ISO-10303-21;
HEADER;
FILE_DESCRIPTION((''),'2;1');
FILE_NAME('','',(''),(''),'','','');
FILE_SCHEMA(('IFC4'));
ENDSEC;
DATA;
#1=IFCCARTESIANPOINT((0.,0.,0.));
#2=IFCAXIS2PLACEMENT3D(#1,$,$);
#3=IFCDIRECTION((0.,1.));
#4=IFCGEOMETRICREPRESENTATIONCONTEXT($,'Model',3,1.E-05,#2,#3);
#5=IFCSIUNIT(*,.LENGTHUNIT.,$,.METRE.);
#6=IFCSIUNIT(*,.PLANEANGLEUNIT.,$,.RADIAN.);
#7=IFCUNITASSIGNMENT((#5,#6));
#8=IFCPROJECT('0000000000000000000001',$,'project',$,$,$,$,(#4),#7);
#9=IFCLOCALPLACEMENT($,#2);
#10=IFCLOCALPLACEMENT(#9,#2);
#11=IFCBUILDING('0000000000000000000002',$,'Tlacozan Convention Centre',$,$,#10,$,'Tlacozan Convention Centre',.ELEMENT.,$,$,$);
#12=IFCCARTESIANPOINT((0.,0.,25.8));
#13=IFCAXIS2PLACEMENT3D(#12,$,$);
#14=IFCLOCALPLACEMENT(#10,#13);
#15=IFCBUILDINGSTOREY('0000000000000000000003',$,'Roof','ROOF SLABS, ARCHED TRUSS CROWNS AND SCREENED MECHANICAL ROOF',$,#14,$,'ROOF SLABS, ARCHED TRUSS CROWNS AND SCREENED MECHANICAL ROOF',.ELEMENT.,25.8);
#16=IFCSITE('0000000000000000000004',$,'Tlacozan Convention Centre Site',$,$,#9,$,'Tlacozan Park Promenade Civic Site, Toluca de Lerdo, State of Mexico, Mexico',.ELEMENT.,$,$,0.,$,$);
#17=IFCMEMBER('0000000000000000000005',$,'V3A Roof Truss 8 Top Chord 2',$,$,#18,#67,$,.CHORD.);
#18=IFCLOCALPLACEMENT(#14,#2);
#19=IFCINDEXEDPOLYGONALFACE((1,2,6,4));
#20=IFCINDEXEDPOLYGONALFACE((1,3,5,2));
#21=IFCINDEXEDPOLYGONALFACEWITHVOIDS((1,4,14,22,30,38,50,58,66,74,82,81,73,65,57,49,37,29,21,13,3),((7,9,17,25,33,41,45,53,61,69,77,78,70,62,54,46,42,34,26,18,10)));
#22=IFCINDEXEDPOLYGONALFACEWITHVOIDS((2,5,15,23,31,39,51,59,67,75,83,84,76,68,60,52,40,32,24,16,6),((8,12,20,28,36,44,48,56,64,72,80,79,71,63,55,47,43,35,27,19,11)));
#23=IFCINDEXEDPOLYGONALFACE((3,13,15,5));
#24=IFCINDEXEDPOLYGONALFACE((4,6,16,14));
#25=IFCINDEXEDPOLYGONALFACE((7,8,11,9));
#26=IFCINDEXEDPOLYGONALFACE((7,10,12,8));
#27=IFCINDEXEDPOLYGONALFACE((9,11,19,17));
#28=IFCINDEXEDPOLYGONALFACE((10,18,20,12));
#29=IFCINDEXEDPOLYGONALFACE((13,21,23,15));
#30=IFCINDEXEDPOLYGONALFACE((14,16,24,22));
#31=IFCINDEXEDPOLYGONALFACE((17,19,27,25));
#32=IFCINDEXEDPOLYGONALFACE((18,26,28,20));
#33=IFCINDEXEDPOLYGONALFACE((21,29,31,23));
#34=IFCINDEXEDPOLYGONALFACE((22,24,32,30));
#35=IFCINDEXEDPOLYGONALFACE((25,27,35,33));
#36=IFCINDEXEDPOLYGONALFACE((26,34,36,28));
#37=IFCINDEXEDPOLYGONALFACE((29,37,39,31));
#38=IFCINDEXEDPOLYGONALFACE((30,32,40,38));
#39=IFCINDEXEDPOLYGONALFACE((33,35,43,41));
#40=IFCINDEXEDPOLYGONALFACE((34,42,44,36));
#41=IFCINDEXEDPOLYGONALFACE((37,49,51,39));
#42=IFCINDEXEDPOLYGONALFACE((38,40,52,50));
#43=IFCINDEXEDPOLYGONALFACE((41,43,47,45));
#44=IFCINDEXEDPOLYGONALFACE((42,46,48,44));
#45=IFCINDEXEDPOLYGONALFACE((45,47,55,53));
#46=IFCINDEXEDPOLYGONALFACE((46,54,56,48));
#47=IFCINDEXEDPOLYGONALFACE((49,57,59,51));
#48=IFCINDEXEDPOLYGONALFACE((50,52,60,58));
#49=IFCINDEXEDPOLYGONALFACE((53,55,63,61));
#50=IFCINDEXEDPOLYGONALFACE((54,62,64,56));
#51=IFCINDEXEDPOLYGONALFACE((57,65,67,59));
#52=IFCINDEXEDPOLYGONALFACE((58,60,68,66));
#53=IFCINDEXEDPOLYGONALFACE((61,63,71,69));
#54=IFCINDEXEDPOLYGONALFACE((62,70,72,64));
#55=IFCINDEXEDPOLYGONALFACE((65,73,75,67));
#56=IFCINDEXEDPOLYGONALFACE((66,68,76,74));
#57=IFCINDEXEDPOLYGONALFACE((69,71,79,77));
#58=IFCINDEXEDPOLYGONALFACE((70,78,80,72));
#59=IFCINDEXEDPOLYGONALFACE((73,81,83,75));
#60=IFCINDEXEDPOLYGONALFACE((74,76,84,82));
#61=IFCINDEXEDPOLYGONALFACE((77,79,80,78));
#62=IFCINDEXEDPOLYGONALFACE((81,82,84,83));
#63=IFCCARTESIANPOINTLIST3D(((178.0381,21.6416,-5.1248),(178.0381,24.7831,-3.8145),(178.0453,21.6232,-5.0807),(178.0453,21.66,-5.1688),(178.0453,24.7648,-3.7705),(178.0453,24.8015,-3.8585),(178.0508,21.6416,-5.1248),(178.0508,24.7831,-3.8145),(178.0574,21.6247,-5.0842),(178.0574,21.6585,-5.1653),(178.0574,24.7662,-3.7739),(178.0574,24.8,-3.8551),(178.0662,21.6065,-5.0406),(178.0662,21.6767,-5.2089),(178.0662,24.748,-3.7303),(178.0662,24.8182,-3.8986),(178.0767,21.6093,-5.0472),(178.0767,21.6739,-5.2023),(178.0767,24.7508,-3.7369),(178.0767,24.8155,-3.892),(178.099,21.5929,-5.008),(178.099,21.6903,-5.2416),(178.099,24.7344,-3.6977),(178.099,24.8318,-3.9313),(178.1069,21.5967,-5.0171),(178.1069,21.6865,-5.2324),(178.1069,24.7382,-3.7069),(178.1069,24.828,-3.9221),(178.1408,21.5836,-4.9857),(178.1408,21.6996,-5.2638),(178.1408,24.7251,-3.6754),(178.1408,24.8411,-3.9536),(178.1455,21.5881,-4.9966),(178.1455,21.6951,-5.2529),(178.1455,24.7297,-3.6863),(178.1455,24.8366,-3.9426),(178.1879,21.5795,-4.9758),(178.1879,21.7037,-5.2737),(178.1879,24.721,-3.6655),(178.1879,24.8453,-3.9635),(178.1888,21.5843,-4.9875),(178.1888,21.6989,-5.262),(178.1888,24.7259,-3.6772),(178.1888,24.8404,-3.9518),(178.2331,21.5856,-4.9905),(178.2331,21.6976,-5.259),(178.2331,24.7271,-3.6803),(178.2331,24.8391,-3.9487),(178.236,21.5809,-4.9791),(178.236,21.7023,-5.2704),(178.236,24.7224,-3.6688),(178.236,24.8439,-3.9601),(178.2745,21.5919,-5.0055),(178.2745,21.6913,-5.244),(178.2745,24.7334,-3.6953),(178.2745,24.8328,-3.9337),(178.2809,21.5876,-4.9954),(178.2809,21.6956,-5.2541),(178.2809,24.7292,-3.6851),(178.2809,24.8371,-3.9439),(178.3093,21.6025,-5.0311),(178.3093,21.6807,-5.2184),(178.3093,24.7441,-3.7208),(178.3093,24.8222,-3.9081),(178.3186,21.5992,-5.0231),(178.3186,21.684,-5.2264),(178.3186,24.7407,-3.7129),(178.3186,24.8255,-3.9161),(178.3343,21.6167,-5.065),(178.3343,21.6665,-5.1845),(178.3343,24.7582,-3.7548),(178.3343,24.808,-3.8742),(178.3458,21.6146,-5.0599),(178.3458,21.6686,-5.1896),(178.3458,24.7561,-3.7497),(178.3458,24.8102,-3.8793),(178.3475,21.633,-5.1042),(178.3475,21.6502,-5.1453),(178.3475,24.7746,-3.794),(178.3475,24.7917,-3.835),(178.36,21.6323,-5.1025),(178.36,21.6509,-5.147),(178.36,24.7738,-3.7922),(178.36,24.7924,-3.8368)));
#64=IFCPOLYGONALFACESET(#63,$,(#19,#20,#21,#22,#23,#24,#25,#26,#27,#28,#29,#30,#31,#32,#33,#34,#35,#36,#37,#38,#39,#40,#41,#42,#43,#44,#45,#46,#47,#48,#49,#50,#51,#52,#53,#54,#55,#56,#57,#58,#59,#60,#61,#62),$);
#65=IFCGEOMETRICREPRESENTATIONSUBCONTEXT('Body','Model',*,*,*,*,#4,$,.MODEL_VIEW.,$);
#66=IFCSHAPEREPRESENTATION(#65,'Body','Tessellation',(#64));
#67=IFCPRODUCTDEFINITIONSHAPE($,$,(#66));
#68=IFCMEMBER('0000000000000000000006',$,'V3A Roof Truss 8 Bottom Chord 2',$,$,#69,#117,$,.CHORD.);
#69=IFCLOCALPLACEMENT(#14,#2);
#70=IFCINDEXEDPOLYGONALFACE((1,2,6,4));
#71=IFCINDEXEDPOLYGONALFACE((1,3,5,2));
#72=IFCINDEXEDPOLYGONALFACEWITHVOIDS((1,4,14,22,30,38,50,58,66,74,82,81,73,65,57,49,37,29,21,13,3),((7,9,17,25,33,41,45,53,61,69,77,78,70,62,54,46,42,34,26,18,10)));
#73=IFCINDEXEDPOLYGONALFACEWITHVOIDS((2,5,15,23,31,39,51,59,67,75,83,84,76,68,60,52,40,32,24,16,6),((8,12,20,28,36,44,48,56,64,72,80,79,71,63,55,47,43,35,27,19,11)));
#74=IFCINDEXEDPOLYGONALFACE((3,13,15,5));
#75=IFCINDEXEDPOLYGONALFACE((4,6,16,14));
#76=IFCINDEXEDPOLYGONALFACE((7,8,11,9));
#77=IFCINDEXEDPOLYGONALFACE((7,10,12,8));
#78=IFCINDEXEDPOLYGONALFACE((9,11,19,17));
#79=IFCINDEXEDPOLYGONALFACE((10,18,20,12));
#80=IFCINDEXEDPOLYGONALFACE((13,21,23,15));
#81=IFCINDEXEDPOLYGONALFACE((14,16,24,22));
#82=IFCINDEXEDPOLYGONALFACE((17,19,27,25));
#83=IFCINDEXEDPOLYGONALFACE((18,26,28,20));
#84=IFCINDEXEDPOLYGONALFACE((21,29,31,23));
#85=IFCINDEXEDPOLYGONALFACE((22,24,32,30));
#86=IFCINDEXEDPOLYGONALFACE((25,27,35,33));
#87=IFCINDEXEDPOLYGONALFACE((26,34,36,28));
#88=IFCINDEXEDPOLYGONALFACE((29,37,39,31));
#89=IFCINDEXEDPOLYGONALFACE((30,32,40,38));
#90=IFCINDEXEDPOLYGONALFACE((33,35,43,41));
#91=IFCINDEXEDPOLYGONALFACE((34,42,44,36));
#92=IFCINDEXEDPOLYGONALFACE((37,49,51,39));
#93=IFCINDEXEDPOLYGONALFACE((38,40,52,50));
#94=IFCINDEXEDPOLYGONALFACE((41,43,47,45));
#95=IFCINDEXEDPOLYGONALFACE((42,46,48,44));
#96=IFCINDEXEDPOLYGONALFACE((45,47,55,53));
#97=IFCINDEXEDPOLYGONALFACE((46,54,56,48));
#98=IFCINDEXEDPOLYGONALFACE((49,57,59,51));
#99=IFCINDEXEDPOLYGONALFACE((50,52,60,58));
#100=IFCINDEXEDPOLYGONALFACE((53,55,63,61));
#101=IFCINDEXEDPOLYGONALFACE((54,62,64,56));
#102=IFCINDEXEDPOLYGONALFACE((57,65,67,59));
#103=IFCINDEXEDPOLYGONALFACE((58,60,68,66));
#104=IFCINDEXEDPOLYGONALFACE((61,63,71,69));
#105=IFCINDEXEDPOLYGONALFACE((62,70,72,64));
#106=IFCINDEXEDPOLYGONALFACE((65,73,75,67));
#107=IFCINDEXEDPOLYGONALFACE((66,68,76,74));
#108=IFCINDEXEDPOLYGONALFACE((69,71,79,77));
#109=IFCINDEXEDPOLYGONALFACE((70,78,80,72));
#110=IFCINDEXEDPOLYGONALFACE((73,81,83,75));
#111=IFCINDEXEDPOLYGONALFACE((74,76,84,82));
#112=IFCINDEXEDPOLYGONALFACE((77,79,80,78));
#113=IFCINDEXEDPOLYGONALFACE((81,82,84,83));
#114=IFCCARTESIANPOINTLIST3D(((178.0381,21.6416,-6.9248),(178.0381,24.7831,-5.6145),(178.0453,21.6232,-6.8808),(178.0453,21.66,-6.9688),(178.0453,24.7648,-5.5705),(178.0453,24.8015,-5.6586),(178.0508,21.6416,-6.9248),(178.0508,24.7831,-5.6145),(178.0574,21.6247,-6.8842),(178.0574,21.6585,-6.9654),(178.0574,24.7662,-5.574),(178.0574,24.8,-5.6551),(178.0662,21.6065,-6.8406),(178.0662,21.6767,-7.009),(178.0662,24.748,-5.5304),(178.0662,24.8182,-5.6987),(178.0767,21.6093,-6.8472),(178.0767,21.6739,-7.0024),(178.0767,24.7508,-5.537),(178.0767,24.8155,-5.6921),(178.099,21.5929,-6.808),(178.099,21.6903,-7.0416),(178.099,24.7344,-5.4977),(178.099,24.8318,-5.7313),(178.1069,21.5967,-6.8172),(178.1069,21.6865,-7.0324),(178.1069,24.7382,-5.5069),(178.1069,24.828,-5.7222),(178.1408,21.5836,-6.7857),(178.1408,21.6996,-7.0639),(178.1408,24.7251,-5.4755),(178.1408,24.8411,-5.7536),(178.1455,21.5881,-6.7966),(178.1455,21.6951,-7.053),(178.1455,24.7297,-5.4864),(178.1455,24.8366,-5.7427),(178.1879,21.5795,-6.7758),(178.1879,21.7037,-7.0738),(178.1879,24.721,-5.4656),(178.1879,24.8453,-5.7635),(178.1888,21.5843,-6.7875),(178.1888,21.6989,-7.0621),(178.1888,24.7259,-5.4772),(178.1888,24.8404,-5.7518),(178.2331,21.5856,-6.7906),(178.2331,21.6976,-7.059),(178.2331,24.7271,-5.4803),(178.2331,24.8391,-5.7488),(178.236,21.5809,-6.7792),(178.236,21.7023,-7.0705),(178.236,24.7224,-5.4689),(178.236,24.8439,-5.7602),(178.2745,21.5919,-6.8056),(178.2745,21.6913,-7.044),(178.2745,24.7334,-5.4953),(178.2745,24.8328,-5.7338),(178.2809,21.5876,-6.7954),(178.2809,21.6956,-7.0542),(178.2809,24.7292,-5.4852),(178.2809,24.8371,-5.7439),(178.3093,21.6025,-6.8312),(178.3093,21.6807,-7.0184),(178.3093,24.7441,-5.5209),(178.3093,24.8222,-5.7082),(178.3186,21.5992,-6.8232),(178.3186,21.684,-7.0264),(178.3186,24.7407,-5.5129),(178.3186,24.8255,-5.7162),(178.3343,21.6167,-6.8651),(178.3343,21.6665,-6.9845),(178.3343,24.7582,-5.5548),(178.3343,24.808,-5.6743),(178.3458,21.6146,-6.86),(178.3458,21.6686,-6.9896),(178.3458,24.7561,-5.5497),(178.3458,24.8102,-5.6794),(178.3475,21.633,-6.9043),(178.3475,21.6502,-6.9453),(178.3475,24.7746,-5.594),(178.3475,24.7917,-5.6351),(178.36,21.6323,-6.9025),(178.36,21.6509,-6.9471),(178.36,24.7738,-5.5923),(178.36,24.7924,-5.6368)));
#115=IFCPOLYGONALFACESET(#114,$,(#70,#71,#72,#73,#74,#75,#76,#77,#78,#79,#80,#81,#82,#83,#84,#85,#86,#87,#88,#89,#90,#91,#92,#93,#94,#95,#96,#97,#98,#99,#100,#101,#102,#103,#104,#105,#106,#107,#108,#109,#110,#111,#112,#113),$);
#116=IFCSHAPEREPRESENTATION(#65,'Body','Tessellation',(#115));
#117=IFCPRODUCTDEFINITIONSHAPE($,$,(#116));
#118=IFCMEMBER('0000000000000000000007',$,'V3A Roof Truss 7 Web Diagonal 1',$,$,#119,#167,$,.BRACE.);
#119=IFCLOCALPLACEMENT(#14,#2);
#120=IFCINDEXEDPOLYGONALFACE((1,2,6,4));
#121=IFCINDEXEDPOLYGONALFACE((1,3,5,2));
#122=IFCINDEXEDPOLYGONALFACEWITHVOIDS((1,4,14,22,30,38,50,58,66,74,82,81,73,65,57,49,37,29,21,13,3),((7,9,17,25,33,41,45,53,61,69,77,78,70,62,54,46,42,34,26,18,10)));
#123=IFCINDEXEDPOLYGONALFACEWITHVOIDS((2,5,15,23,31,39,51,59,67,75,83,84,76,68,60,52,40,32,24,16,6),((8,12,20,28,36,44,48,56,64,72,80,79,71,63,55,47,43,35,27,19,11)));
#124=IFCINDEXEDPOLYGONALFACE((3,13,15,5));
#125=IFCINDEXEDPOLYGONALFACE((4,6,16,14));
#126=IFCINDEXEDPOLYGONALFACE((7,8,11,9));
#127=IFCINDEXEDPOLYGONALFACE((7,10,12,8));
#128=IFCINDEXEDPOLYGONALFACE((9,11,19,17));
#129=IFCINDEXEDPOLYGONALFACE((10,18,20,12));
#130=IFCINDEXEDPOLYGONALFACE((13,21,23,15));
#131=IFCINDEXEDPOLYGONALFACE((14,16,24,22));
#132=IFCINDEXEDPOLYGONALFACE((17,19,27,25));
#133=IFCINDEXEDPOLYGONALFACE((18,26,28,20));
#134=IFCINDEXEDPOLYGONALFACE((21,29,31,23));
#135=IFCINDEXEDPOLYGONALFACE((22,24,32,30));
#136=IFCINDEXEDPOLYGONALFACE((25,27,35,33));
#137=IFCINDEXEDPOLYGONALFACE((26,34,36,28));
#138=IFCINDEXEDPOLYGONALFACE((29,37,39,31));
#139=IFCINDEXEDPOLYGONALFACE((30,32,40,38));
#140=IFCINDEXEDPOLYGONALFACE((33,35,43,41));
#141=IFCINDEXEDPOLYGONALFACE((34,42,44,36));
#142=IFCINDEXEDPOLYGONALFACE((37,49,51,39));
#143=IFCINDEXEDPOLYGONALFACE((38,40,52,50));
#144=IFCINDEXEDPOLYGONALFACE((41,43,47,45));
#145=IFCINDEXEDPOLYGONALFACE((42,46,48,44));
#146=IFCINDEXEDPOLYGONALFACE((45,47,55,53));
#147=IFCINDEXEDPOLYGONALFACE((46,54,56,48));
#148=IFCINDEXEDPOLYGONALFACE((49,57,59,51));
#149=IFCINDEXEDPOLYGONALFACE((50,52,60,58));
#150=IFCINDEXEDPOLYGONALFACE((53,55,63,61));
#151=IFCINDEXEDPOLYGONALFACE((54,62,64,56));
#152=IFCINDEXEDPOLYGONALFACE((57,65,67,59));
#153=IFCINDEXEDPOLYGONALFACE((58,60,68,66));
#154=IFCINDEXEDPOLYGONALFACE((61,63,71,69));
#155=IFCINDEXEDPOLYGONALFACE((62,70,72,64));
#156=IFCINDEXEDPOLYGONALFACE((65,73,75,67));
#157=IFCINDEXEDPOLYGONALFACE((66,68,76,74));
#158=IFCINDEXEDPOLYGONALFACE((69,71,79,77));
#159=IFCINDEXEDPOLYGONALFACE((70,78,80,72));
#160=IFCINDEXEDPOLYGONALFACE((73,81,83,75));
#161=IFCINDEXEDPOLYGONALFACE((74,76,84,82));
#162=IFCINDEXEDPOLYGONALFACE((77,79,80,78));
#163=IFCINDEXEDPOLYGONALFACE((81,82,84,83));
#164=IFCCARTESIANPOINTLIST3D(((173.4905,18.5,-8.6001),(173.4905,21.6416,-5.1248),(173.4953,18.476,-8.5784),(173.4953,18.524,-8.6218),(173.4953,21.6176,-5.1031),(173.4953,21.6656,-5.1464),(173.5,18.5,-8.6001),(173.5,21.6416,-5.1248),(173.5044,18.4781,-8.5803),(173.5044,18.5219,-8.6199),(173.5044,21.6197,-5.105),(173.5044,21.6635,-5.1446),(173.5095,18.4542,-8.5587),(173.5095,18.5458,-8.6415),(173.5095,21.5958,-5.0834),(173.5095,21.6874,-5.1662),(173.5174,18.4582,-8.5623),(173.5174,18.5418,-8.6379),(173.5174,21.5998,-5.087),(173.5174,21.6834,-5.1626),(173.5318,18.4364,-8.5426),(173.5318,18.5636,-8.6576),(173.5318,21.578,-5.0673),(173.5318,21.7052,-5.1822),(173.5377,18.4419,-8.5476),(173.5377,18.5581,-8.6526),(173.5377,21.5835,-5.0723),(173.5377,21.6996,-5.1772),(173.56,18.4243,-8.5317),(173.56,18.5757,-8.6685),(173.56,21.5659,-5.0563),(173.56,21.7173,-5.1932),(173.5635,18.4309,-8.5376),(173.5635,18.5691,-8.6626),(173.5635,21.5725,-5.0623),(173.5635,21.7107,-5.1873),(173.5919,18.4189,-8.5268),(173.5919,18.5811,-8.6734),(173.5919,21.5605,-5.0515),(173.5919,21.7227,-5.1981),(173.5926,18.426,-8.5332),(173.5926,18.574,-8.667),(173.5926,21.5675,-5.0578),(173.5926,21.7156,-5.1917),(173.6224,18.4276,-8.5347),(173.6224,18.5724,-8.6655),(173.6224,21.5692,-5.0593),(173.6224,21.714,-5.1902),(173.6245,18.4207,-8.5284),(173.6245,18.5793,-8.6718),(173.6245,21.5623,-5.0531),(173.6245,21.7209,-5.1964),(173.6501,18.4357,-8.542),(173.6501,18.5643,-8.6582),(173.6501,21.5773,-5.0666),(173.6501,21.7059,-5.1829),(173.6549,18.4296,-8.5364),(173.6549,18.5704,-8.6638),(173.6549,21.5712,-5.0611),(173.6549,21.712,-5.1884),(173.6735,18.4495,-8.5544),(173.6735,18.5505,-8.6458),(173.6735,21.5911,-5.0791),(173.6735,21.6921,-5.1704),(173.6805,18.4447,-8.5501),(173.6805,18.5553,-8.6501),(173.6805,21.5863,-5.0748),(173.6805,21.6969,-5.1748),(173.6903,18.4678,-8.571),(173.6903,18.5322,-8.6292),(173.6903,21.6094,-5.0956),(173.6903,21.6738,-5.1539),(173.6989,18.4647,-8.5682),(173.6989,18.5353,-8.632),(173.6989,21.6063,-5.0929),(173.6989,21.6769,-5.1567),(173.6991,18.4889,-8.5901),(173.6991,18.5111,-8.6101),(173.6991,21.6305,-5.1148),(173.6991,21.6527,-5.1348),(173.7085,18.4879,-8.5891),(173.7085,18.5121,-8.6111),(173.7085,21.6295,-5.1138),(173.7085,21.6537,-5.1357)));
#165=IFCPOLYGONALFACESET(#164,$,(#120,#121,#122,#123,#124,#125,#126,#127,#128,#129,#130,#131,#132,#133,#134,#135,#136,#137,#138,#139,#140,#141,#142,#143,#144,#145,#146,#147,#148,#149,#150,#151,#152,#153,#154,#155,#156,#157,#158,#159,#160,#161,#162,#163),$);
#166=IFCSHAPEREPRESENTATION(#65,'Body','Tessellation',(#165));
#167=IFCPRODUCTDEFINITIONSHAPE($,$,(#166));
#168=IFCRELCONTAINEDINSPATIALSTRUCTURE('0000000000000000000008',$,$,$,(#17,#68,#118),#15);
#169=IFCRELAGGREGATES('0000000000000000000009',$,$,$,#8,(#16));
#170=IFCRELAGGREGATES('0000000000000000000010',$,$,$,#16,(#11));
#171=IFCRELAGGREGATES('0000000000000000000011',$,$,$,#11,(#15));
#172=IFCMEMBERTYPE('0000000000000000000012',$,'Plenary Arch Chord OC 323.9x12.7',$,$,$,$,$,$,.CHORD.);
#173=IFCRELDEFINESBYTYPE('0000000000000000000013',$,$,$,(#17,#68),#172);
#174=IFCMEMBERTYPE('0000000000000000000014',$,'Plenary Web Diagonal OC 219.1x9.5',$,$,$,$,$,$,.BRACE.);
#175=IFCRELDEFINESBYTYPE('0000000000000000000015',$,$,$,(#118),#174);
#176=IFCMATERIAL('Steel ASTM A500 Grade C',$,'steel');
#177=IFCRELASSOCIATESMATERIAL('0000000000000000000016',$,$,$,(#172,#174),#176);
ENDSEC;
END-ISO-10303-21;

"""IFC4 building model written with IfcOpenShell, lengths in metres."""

from ifc_helpers import new_model, si_unit, direction, frame, origin, origin_2d, place, context, subcontext, project, spatial, hollow_circle, extrude, material, material_profile, profile_set, type_object, element, save


model = new_model("IFC4")

# Units and contexts
model_context = context("Model", 3, precision=1e-05, world=origin(), true_north=direction((0.0, 1.0)))
body_context = subcontext(model_context, "Body", "Model", "MODEL_VIEW")
ifc_project = project(units=[si_unit("LENGTHUNIT", "METRE"), si_unit("PLANEANGLEUNIT", "RADIAN")], contexts=[model_context])

# Site, building, storey
site_placement = place(None, origin())
site = spatial("IfcSite", under=ifc_project, at=site_placement, Name="Tlacozan Convention Centre Site", LongName="Tlacozan Park Promenade Civic Site, Toluca de Lerdo, State of Mexico, Mexico", CompositionType="ELEMENT", RefElevation=0.0)
building_placement = place(site_placement, origin())
building = spatial("IfcBuilding", under=site, at=building_placement, Name="Tlacozan Convention Centre", LongName="Tlacozan Convention Centre", CompositionType="ELEMENT")
storey_placement = place(building_placement, frame((0.0, 0.0, 25.8)))
storey = spatial("IfcBuildingStorey", under=building, at=storey_placement, Name="Roof", Description="ROOF SLABS, ARCHED TRUSS CROWNS AND SCREENED MECHANICAL ROOF", LongName="ROOF SLABS, ARCHED TRUSS CROWNS AND SCREENED MECHANICAL ROOF", CompositionType="ELEMENT", Elevation=25.8)

# Members
ifc_material_1 = material(Name="Steel ASTM A500 Grade C", Category="steel")
ifc_material_profile_1 = material_profile(ifc_material_1, hollow_circle(Radius=0.1619, WallThickness=0.0127, at=origin_2d()), Name="OC 323.9x12.7")
ifc_profile_set_1 = profile_set([ifc_material_profile_1], Name="Steel ASTM A500 Grade C")
member_type_1 = type_object("IfcMemberType", Name="Plenary Arch Chord OC 323.9x12.7", PredefinedType="CHORD", material=ifc_profile_set_1)
for number, where, z_axis, x_axis, name in (
    (1, (178.2, 21.6416, -5.1248), (0.0, 0.922941, 0.384941), (-1.0, 0.0, 0.0), "V3A Roof Truss 8 Top Chord 2"),
    (2, (178.2, 21.6416, -6.9248), (0.0, 0.922941, 0.384941), (-1.0, 0.0, 0.0), "V3A Roof Truss 8 Bottom Chord 2"),
):
    element("IfcMember", number, at=place(storey_placement, frame(where, z_axis=z_axis, x_axis=x_axis)), inside=storey, type_object=member_type_1, Name=name, PredefinedType="CHORD", context=body_context, shape_type="SweptSolid", body=[
        extrude(hollow_circle(Radius=0.1619, WallThickness=0.0127, at=origin_2d()), origin(), (0.0, 0.0, 1.0), 3.4038),
    ])
ifc_material_profile_2 = material_profile(ifc_material_1, hollow_circle(Radius=0.1096, WallThickness=0.0095, at=origin_2d()), Name="OC 219.1x9.5")
ifc_profile_set_2 = profile_set([ifc_material_profile_2], Name="Steel ASTM A500 Grade C")
member_type_2 = type_object("IfcMemberType", Name="Plenary Web Diagonal OC 219.1x9.5", PredefinedType="BRACE", material=ifc_profile_set_2)
member_1_placement = place(storey_placement, frame((173.6001, 18.5, -8.6001), z_axis=(0.0, 0.67059, 0.741828), x_axis=(-1.0, 0.0, 0.0)))
element("IfcMember", 3, at=member_1_placement, inside=storey, type_object=member_type_2, Name="V3A Roof Truss 7 Web Diagonal 1", PredefinedType="BRACE", context=body_context, shape_type="SweptSolid", body=[
    extrude(hollow_circle(Radius=0.1096, WallThickness=0.0095, at=origin_2d()), origin(), (0.0, 0.0, 1.0), 4.6848),
])

save(model, "model.ifc")
